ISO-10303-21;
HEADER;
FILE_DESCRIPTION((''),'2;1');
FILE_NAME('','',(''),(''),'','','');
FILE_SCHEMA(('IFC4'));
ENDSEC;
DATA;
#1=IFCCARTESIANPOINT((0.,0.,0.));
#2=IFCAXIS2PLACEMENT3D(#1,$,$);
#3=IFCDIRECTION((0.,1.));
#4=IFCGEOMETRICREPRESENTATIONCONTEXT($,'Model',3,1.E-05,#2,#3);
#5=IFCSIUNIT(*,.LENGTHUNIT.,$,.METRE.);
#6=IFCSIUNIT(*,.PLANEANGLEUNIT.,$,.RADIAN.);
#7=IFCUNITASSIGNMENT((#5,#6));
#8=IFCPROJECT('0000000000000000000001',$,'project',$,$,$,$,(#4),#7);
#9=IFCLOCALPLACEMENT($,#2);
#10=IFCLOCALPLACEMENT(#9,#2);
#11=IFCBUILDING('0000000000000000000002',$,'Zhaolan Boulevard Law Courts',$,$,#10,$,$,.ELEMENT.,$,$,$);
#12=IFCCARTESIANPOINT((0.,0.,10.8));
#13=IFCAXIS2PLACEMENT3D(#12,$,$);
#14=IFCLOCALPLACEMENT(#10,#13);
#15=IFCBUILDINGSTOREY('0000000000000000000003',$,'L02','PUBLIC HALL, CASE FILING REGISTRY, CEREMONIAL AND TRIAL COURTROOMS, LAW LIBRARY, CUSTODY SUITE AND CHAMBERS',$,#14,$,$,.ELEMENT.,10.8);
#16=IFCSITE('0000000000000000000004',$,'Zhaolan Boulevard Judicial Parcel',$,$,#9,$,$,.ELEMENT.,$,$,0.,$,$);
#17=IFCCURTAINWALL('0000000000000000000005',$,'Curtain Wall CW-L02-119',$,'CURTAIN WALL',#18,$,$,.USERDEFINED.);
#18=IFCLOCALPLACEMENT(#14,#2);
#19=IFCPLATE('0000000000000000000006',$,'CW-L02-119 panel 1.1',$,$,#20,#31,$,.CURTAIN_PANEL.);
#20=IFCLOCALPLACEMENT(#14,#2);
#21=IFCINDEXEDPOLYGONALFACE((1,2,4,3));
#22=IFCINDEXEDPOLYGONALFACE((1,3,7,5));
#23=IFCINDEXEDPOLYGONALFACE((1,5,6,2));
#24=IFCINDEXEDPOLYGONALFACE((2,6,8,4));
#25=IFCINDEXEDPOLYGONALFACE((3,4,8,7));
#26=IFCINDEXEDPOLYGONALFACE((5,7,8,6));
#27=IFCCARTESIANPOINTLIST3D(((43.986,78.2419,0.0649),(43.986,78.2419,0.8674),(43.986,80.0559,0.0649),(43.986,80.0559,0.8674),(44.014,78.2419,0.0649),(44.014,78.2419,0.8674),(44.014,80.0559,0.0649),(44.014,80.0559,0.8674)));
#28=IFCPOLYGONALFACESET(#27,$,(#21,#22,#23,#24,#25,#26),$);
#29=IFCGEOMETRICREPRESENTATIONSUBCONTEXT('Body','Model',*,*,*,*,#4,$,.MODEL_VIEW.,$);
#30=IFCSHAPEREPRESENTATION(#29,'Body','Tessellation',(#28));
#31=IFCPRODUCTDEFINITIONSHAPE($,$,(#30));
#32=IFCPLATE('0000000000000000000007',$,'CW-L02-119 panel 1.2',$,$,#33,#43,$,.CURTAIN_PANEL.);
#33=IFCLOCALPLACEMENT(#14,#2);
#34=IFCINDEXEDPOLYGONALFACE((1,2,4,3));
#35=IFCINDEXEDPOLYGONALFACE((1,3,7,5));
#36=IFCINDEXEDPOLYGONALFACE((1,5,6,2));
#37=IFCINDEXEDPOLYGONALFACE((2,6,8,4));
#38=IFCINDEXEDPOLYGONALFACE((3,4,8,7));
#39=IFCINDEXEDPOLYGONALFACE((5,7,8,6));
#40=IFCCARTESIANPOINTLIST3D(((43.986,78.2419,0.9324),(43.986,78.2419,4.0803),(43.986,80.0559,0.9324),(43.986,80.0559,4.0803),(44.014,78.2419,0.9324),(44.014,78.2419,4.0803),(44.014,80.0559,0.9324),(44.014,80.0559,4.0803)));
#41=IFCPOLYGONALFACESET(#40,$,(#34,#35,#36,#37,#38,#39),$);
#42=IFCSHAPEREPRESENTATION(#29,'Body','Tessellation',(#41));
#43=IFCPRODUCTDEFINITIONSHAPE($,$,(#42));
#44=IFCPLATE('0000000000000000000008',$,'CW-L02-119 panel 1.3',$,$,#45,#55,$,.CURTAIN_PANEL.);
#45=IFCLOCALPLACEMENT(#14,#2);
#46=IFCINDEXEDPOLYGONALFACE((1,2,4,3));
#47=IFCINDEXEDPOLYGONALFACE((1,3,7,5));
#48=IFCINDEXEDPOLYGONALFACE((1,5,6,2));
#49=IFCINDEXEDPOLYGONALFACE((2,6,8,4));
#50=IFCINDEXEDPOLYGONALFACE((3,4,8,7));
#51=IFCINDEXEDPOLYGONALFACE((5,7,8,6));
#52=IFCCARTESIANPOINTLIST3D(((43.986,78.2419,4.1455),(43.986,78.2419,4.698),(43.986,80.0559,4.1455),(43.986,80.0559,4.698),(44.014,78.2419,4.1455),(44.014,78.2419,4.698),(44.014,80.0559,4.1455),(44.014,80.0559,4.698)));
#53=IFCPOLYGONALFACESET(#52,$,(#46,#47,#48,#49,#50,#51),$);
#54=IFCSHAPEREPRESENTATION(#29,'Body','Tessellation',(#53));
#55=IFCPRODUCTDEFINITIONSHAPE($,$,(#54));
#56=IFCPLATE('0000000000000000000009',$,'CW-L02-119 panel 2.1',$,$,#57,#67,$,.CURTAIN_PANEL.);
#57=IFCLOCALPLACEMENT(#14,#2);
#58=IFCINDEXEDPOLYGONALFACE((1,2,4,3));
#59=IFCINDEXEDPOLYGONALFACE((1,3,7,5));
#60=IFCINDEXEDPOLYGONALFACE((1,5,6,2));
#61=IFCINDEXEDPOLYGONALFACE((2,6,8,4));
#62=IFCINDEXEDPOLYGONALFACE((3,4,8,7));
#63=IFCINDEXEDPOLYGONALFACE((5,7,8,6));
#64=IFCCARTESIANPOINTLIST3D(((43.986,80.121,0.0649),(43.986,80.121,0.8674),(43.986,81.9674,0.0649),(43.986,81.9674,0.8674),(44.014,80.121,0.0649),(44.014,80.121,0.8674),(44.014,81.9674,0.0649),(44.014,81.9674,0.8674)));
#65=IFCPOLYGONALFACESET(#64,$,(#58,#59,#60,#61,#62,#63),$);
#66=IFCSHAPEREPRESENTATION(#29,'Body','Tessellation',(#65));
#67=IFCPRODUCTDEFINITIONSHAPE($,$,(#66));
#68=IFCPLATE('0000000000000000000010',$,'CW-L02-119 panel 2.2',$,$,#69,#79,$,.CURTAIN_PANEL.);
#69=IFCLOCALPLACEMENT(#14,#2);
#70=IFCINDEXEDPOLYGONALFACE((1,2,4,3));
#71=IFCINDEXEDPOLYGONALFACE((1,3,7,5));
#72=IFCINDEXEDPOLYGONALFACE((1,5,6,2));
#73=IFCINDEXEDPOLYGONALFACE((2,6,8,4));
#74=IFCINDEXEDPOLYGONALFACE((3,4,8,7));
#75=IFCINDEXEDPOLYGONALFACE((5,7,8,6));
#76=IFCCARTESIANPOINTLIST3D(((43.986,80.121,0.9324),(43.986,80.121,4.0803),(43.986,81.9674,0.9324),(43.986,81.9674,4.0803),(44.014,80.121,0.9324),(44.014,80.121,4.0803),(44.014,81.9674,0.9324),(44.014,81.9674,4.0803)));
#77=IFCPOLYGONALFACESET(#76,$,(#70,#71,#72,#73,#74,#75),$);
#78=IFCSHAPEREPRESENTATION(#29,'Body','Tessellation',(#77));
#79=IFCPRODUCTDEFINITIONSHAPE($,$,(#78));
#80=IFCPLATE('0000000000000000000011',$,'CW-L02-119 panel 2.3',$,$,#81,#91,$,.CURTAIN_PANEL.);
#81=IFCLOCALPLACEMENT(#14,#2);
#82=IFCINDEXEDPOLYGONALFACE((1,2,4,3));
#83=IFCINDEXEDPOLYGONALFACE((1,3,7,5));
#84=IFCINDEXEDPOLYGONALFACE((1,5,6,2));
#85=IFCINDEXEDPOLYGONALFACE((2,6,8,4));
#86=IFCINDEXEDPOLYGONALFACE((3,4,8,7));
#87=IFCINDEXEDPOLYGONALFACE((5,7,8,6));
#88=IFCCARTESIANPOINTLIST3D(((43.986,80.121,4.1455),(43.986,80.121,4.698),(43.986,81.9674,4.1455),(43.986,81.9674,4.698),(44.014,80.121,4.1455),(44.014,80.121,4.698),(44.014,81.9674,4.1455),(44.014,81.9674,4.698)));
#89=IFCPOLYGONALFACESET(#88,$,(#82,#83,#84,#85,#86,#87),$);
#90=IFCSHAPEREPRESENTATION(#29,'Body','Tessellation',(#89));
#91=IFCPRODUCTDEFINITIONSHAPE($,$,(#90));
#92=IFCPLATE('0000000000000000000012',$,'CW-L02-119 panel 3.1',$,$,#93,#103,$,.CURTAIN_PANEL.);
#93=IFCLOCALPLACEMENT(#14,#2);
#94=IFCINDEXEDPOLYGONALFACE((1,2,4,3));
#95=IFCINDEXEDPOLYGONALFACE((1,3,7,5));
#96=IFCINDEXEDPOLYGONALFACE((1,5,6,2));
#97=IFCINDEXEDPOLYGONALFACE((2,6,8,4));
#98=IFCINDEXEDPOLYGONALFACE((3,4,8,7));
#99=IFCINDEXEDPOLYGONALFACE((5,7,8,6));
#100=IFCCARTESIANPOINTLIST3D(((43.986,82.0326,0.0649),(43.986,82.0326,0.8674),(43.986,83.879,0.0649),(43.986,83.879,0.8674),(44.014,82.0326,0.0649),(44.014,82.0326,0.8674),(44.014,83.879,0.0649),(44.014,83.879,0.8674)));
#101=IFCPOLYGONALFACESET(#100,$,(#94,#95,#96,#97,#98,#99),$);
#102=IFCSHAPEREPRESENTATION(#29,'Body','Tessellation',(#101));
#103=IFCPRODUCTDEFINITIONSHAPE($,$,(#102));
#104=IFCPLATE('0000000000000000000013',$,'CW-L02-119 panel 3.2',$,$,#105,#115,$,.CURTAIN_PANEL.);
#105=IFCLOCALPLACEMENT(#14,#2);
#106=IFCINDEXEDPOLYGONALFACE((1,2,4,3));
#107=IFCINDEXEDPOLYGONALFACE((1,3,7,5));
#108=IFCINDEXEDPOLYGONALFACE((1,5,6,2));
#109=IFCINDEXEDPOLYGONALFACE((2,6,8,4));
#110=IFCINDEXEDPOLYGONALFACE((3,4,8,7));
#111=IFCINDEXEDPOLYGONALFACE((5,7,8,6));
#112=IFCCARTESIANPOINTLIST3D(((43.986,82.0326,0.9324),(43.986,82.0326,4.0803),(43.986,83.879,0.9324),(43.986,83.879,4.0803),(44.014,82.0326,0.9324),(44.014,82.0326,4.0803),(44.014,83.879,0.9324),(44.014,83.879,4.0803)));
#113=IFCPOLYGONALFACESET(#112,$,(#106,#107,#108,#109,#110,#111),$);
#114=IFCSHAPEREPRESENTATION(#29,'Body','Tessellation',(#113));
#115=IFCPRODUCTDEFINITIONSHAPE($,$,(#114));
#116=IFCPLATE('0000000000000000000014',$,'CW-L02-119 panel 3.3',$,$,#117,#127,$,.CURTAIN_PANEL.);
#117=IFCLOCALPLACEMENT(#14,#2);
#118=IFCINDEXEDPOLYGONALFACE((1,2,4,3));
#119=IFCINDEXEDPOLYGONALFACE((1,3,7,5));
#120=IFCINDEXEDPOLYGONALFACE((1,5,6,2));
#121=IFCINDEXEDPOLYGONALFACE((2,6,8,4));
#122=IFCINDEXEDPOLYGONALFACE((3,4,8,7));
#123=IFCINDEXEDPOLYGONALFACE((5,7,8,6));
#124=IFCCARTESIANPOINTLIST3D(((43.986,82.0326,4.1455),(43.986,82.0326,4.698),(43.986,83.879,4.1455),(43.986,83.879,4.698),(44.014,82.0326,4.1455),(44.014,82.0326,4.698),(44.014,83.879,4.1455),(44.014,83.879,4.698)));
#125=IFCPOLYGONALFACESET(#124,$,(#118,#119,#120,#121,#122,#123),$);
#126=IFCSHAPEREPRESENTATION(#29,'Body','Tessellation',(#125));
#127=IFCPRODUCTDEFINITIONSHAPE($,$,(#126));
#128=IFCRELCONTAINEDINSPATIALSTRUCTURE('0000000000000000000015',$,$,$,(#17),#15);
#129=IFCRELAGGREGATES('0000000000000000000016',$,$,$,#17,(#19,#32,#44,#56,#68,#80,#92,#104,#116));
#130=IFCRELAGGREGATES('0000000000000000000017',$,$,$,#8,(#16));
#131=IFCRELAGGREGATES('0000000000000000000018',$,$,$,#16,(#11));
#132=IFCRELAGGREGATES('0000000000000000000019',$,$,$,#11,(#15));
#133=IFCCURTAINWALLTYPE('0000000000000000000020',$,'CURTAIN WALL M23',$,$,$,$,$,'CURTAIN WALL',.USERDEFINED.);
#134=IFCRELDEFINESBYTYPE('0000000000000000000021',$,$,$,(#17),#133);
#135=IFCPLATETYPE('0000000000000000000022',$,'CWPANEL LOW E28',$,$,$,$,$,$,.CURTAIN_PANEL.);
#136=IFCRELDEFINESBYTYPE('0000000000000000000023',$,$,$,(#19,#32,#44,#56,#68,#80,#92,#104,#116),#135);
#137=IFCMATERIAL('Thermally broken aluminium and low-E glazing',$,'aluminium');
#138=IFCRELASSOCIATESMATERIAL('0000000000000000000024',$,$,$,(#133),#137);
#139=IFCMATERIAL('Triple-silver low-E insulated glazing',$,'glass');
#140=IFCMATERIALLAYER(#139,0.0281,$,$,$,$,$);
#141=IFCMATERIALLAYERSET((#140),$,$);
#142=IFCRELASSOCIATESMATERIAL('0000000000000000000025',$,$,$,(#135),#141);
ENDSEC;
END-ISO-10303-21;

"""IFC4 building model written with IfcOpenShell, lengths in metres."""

from ifc_helpers import new_model, si_unit, direction, frame, origin, origin_2d, place, context, subcontext, project, spatial, rectangle, extrude, material, layer, layer_set, type_object, element, aggregate, save


model = new_model("IFC4")

# Units and contexts
model_context = context("Model", 3, precision=1e-05, world=origin(), true_north=direction((0.0, 1.0)))
body_context = subcontext(model_context, "Body", "Model", "MODEL_VIEW")
ifc_project = project(units=[si_unit("LENGTHUNIT", "METRE"), si_unit("PLANEANGLEUNIT", "RADIAN")], contexts=[model_context])

# Site, building, storey
site_placement = place(None, origin())
site = spatial("IfcSite", under=ifc_project, at=site_placement, Name="Zhaolan Boulevard Judicial Parcel", CompositionType="ELEMENT", RefElevation=0.0)
building_placement = place(site_placement, origin())
building = spatial("IfcBuilding", under=site, at=building_placement, Name="Zhaolan Boulevard Law Courts", CompositionType="ELEMENT")
storey_placement = place(building_placement, frame((0.0, 0.0, 10.8)))
storey = spatial("IfcBuildingStorey", under=building, at=storey_placement, Name="L02", Description="PUBLIC HALL, CASE FILING REGISTRY, CEREMONIAL AND TRIAL COURTROOMS, LAW LIBRARY, CUSTODY SUITE AND CHAMBERS", CompositionType="ELEMENT", Elevation=10.8)

# Curtain wall, plates
ifc_material_1 = material(Name="Thermally broken aluminium and low-E glazing", Category="aluminium")
curtain_wall_type = type_object("IfcCurtainWallType", Name="CURTAIN WALL M23", ElementType="CURTAIN WALL", PredefinedType="USERDEFINED", material=ifc_material_1)
curtain_wall_placement = place(storey_placement, origin())
curtain_wall = element("IfcCurtainWall", 1, at=curtain_wall_placement, inside=storey, type_object=curtain_wall_type, Name="Curtain Wall CW-L02-119", ObjectType="CURTAIN WALL", PredefinedType="USERDEFINED")
ifc_material_2 = material(Name="Triple-silver low-E insulated glazing", Category="glass")
ifc_layer = layer(ifc_material_2, 0.0281)
ifc_layer_set = layer_set([ifc_layer])
plate_type = type_object("IfcPlateType", Name="CWPANEL LOW E28", PredefinedType="CURTAIN_PANEL", material=ifc_layer_set)
plate_1_placement = place(storey_placement, frame((44.0, 79.1489, 0.0649), z_axis=(0.0, 0.0, 1.0), x_axis=(0.0, 1.0, 0.0)))
plate_1 = element("IfcPlate", 2, at=plate_1_placement, type_object=plate_type, Name="CW-L02-119 panel 1.1", PredefinedType="CURTAIN_PANEL", context=body_context, shape_type="SweptSolid", body=[
    extrude(rectangle(XDim=1.814, YDim=0.0281, at=origin_2d()), origin(), (0.0, 0.0, 1.0), 0.8025),
])
plate_2_placement = place(storey_placement, frame((44.0, 79.1489, 0.9324), z_axis=(0.0, 0.0, 1.0), x_axis=(0.0, 1.0, 0.0)))
plate_2 = element("IfcPlate", 3, at=plate_2_placement, type_object=plate_type, Name="CW-L02-119 panel 1.2", PredefinedType="CURTAIN_PANEL", context=body_context, shape_type="SweptSolid", body=[
    extrude(rectangle(XDim=1.814, YDim=0.0281, at=origin_2d()), origin(), (0.0, 0.0, 1.0), 3.1479),
])
plate_3_placement = place(storey_placement, frame((44.0, 79.1489, 4.1455), z_axis=(0.0, 0.0, 1.0), x_axis=(0.0, 1.0, 0.0)))
plate_3 = element("IfcPlate", 4, at=plate_3_placement, type_object=plate_type, Name="CW-L02-119 panel 1.3", PredefinedType="CURTAIN_PANEL", context=body_context, shape_type="SweptSolid", body=[
    extrude(rectangle(XDim=1.814, YDim=0.0281, at=origin_2d()), origin(), (0.0, 0.0, 1.0), 0.5525),
])
plate_4_placement = place(storey_placement, frame((44.0, 81.0442, 0.0649), z_axis=(0.0, 0.0, 1.0), x_axis=(0.0, 1.0, 0.0)))
plate_4 = element("IfcPlate", 5, at=plate_4_placement, type_object=plate_type, Name="CW-L02-119 panel 2.1", PredefinedType="CURTAIN_PANEL", context=body_context, shape_type="SweptSolid", body=[
    extrude(rectangle(XDim=1.8464, YDim=0.0281, at=origin_2d()), origin(), (0.0, 0.0, 1.0), 0.8025),
])
plate_5_placement = place(storey_placement, frame((44.0, 81.0442, 0.9324), z_axis=(0.0, 0.0, 1.0), x_axis=(0.0, 1.0, 0.0)))
plate_5 = element("IfcPlate", 6, at=plate_5_placement, type_object=plate_type, Name="CW-L02-119 panel 2.2", PredefinedType="CURTAIN_PANEL", context=body_context, shape_type="SweptSolid", body=[
    extrude(rectangle(XDim=1.8464, YDim=0.0281, at=origin_2d()), origin(), (0.0, 0.0, 1.0), 3.1479),
])
plate_6_placement = place(storey_placement, frame((44.0, 81.0442, 4.1455), z_axis=(0.0, 0.0, 1.0), x_axis=(0.0, 1.0, 0.0)))
plate_6 = element("IfcPlate", 7, at=plate_6_placement, type_object=plate_type, Name="CW-L02-119 panel 2.3", PredefinedType="CURTAIN_PANEL", context=body_context, shape_type="SweptSolid", body=[
    extrude(rectangle(XDim=1.8464, YDim=0.0281, at=origin_2d()), origin(), (0.0, 0.0, 1.0), 0.5525),
])
plate_7_placement = place(storey_placement, frame((44.0, 82.9558, 0.0649), z_axis=(0.0, 0.0, 1.0), x_axis=(0.0, 1.0, 0.0)))
plate_7 = element("IfcPlate", 8, at=plate_7_placement, type_object=plate_type, Name="CW-L02-119 panel 3.1", PredefinedType="CURTAIN_PANEL", context=body_context, shape_type="SweptSolid", body=[
    extrude(rectangle(XDim=1.8464, YDim=0.0281, at=origin_2d()), origin(), (0.0, 0.0, 1.0), 0.8025),
])
plate_8_placement = place(storey_placement, frame((44.0, 82.9558, 0.9324), z_axis=(0.0, 0.0, 1.0), x_axis=(0.0, 1.0, 0.0)))
plate_8 = element("IfcPlate", 9, at=plate_8_placement, type_object=plate_type, Name="CW-L02-119 panel 3.2", PredefinedType="CURTAIN_PANEL", context=body_context, shape_type="SweptSolid", body=[
    extrude(rectangle(XDim=1.8464, YDim=0.0281, at=origin_2d()), origin(), (0.0, 0.0, 1.0), 3.1479),
])
plate_9_placement = place(storey_placement, frame((44.0, 82.9558, 4.1455), z_axis=(0.0, 0.0, 1.0), x_axis=(0.0, 1.0, 0.0)))
plate_9 = element("IfcPlate", 10, at=plate_9_placement, type_object=plate_type, Name="CW-L02-119 panel 3.3", PredefinedType="CURTAIN_PANEL", context=body_context, shape_type="SweptSolid", body=[
    extrude(rectangle(XDim=1.8464, YDim=0.0281, at=origin_2d()), origin(), (0.0, 0.0, 1.0), 0.5525),
])
aggregate(curtain_wall, [plate_1, plate_2, plate_3, plate_4, plate_5, plate_6, plate_7, plate_8, plate_9])

save(model, "model.ifc")
